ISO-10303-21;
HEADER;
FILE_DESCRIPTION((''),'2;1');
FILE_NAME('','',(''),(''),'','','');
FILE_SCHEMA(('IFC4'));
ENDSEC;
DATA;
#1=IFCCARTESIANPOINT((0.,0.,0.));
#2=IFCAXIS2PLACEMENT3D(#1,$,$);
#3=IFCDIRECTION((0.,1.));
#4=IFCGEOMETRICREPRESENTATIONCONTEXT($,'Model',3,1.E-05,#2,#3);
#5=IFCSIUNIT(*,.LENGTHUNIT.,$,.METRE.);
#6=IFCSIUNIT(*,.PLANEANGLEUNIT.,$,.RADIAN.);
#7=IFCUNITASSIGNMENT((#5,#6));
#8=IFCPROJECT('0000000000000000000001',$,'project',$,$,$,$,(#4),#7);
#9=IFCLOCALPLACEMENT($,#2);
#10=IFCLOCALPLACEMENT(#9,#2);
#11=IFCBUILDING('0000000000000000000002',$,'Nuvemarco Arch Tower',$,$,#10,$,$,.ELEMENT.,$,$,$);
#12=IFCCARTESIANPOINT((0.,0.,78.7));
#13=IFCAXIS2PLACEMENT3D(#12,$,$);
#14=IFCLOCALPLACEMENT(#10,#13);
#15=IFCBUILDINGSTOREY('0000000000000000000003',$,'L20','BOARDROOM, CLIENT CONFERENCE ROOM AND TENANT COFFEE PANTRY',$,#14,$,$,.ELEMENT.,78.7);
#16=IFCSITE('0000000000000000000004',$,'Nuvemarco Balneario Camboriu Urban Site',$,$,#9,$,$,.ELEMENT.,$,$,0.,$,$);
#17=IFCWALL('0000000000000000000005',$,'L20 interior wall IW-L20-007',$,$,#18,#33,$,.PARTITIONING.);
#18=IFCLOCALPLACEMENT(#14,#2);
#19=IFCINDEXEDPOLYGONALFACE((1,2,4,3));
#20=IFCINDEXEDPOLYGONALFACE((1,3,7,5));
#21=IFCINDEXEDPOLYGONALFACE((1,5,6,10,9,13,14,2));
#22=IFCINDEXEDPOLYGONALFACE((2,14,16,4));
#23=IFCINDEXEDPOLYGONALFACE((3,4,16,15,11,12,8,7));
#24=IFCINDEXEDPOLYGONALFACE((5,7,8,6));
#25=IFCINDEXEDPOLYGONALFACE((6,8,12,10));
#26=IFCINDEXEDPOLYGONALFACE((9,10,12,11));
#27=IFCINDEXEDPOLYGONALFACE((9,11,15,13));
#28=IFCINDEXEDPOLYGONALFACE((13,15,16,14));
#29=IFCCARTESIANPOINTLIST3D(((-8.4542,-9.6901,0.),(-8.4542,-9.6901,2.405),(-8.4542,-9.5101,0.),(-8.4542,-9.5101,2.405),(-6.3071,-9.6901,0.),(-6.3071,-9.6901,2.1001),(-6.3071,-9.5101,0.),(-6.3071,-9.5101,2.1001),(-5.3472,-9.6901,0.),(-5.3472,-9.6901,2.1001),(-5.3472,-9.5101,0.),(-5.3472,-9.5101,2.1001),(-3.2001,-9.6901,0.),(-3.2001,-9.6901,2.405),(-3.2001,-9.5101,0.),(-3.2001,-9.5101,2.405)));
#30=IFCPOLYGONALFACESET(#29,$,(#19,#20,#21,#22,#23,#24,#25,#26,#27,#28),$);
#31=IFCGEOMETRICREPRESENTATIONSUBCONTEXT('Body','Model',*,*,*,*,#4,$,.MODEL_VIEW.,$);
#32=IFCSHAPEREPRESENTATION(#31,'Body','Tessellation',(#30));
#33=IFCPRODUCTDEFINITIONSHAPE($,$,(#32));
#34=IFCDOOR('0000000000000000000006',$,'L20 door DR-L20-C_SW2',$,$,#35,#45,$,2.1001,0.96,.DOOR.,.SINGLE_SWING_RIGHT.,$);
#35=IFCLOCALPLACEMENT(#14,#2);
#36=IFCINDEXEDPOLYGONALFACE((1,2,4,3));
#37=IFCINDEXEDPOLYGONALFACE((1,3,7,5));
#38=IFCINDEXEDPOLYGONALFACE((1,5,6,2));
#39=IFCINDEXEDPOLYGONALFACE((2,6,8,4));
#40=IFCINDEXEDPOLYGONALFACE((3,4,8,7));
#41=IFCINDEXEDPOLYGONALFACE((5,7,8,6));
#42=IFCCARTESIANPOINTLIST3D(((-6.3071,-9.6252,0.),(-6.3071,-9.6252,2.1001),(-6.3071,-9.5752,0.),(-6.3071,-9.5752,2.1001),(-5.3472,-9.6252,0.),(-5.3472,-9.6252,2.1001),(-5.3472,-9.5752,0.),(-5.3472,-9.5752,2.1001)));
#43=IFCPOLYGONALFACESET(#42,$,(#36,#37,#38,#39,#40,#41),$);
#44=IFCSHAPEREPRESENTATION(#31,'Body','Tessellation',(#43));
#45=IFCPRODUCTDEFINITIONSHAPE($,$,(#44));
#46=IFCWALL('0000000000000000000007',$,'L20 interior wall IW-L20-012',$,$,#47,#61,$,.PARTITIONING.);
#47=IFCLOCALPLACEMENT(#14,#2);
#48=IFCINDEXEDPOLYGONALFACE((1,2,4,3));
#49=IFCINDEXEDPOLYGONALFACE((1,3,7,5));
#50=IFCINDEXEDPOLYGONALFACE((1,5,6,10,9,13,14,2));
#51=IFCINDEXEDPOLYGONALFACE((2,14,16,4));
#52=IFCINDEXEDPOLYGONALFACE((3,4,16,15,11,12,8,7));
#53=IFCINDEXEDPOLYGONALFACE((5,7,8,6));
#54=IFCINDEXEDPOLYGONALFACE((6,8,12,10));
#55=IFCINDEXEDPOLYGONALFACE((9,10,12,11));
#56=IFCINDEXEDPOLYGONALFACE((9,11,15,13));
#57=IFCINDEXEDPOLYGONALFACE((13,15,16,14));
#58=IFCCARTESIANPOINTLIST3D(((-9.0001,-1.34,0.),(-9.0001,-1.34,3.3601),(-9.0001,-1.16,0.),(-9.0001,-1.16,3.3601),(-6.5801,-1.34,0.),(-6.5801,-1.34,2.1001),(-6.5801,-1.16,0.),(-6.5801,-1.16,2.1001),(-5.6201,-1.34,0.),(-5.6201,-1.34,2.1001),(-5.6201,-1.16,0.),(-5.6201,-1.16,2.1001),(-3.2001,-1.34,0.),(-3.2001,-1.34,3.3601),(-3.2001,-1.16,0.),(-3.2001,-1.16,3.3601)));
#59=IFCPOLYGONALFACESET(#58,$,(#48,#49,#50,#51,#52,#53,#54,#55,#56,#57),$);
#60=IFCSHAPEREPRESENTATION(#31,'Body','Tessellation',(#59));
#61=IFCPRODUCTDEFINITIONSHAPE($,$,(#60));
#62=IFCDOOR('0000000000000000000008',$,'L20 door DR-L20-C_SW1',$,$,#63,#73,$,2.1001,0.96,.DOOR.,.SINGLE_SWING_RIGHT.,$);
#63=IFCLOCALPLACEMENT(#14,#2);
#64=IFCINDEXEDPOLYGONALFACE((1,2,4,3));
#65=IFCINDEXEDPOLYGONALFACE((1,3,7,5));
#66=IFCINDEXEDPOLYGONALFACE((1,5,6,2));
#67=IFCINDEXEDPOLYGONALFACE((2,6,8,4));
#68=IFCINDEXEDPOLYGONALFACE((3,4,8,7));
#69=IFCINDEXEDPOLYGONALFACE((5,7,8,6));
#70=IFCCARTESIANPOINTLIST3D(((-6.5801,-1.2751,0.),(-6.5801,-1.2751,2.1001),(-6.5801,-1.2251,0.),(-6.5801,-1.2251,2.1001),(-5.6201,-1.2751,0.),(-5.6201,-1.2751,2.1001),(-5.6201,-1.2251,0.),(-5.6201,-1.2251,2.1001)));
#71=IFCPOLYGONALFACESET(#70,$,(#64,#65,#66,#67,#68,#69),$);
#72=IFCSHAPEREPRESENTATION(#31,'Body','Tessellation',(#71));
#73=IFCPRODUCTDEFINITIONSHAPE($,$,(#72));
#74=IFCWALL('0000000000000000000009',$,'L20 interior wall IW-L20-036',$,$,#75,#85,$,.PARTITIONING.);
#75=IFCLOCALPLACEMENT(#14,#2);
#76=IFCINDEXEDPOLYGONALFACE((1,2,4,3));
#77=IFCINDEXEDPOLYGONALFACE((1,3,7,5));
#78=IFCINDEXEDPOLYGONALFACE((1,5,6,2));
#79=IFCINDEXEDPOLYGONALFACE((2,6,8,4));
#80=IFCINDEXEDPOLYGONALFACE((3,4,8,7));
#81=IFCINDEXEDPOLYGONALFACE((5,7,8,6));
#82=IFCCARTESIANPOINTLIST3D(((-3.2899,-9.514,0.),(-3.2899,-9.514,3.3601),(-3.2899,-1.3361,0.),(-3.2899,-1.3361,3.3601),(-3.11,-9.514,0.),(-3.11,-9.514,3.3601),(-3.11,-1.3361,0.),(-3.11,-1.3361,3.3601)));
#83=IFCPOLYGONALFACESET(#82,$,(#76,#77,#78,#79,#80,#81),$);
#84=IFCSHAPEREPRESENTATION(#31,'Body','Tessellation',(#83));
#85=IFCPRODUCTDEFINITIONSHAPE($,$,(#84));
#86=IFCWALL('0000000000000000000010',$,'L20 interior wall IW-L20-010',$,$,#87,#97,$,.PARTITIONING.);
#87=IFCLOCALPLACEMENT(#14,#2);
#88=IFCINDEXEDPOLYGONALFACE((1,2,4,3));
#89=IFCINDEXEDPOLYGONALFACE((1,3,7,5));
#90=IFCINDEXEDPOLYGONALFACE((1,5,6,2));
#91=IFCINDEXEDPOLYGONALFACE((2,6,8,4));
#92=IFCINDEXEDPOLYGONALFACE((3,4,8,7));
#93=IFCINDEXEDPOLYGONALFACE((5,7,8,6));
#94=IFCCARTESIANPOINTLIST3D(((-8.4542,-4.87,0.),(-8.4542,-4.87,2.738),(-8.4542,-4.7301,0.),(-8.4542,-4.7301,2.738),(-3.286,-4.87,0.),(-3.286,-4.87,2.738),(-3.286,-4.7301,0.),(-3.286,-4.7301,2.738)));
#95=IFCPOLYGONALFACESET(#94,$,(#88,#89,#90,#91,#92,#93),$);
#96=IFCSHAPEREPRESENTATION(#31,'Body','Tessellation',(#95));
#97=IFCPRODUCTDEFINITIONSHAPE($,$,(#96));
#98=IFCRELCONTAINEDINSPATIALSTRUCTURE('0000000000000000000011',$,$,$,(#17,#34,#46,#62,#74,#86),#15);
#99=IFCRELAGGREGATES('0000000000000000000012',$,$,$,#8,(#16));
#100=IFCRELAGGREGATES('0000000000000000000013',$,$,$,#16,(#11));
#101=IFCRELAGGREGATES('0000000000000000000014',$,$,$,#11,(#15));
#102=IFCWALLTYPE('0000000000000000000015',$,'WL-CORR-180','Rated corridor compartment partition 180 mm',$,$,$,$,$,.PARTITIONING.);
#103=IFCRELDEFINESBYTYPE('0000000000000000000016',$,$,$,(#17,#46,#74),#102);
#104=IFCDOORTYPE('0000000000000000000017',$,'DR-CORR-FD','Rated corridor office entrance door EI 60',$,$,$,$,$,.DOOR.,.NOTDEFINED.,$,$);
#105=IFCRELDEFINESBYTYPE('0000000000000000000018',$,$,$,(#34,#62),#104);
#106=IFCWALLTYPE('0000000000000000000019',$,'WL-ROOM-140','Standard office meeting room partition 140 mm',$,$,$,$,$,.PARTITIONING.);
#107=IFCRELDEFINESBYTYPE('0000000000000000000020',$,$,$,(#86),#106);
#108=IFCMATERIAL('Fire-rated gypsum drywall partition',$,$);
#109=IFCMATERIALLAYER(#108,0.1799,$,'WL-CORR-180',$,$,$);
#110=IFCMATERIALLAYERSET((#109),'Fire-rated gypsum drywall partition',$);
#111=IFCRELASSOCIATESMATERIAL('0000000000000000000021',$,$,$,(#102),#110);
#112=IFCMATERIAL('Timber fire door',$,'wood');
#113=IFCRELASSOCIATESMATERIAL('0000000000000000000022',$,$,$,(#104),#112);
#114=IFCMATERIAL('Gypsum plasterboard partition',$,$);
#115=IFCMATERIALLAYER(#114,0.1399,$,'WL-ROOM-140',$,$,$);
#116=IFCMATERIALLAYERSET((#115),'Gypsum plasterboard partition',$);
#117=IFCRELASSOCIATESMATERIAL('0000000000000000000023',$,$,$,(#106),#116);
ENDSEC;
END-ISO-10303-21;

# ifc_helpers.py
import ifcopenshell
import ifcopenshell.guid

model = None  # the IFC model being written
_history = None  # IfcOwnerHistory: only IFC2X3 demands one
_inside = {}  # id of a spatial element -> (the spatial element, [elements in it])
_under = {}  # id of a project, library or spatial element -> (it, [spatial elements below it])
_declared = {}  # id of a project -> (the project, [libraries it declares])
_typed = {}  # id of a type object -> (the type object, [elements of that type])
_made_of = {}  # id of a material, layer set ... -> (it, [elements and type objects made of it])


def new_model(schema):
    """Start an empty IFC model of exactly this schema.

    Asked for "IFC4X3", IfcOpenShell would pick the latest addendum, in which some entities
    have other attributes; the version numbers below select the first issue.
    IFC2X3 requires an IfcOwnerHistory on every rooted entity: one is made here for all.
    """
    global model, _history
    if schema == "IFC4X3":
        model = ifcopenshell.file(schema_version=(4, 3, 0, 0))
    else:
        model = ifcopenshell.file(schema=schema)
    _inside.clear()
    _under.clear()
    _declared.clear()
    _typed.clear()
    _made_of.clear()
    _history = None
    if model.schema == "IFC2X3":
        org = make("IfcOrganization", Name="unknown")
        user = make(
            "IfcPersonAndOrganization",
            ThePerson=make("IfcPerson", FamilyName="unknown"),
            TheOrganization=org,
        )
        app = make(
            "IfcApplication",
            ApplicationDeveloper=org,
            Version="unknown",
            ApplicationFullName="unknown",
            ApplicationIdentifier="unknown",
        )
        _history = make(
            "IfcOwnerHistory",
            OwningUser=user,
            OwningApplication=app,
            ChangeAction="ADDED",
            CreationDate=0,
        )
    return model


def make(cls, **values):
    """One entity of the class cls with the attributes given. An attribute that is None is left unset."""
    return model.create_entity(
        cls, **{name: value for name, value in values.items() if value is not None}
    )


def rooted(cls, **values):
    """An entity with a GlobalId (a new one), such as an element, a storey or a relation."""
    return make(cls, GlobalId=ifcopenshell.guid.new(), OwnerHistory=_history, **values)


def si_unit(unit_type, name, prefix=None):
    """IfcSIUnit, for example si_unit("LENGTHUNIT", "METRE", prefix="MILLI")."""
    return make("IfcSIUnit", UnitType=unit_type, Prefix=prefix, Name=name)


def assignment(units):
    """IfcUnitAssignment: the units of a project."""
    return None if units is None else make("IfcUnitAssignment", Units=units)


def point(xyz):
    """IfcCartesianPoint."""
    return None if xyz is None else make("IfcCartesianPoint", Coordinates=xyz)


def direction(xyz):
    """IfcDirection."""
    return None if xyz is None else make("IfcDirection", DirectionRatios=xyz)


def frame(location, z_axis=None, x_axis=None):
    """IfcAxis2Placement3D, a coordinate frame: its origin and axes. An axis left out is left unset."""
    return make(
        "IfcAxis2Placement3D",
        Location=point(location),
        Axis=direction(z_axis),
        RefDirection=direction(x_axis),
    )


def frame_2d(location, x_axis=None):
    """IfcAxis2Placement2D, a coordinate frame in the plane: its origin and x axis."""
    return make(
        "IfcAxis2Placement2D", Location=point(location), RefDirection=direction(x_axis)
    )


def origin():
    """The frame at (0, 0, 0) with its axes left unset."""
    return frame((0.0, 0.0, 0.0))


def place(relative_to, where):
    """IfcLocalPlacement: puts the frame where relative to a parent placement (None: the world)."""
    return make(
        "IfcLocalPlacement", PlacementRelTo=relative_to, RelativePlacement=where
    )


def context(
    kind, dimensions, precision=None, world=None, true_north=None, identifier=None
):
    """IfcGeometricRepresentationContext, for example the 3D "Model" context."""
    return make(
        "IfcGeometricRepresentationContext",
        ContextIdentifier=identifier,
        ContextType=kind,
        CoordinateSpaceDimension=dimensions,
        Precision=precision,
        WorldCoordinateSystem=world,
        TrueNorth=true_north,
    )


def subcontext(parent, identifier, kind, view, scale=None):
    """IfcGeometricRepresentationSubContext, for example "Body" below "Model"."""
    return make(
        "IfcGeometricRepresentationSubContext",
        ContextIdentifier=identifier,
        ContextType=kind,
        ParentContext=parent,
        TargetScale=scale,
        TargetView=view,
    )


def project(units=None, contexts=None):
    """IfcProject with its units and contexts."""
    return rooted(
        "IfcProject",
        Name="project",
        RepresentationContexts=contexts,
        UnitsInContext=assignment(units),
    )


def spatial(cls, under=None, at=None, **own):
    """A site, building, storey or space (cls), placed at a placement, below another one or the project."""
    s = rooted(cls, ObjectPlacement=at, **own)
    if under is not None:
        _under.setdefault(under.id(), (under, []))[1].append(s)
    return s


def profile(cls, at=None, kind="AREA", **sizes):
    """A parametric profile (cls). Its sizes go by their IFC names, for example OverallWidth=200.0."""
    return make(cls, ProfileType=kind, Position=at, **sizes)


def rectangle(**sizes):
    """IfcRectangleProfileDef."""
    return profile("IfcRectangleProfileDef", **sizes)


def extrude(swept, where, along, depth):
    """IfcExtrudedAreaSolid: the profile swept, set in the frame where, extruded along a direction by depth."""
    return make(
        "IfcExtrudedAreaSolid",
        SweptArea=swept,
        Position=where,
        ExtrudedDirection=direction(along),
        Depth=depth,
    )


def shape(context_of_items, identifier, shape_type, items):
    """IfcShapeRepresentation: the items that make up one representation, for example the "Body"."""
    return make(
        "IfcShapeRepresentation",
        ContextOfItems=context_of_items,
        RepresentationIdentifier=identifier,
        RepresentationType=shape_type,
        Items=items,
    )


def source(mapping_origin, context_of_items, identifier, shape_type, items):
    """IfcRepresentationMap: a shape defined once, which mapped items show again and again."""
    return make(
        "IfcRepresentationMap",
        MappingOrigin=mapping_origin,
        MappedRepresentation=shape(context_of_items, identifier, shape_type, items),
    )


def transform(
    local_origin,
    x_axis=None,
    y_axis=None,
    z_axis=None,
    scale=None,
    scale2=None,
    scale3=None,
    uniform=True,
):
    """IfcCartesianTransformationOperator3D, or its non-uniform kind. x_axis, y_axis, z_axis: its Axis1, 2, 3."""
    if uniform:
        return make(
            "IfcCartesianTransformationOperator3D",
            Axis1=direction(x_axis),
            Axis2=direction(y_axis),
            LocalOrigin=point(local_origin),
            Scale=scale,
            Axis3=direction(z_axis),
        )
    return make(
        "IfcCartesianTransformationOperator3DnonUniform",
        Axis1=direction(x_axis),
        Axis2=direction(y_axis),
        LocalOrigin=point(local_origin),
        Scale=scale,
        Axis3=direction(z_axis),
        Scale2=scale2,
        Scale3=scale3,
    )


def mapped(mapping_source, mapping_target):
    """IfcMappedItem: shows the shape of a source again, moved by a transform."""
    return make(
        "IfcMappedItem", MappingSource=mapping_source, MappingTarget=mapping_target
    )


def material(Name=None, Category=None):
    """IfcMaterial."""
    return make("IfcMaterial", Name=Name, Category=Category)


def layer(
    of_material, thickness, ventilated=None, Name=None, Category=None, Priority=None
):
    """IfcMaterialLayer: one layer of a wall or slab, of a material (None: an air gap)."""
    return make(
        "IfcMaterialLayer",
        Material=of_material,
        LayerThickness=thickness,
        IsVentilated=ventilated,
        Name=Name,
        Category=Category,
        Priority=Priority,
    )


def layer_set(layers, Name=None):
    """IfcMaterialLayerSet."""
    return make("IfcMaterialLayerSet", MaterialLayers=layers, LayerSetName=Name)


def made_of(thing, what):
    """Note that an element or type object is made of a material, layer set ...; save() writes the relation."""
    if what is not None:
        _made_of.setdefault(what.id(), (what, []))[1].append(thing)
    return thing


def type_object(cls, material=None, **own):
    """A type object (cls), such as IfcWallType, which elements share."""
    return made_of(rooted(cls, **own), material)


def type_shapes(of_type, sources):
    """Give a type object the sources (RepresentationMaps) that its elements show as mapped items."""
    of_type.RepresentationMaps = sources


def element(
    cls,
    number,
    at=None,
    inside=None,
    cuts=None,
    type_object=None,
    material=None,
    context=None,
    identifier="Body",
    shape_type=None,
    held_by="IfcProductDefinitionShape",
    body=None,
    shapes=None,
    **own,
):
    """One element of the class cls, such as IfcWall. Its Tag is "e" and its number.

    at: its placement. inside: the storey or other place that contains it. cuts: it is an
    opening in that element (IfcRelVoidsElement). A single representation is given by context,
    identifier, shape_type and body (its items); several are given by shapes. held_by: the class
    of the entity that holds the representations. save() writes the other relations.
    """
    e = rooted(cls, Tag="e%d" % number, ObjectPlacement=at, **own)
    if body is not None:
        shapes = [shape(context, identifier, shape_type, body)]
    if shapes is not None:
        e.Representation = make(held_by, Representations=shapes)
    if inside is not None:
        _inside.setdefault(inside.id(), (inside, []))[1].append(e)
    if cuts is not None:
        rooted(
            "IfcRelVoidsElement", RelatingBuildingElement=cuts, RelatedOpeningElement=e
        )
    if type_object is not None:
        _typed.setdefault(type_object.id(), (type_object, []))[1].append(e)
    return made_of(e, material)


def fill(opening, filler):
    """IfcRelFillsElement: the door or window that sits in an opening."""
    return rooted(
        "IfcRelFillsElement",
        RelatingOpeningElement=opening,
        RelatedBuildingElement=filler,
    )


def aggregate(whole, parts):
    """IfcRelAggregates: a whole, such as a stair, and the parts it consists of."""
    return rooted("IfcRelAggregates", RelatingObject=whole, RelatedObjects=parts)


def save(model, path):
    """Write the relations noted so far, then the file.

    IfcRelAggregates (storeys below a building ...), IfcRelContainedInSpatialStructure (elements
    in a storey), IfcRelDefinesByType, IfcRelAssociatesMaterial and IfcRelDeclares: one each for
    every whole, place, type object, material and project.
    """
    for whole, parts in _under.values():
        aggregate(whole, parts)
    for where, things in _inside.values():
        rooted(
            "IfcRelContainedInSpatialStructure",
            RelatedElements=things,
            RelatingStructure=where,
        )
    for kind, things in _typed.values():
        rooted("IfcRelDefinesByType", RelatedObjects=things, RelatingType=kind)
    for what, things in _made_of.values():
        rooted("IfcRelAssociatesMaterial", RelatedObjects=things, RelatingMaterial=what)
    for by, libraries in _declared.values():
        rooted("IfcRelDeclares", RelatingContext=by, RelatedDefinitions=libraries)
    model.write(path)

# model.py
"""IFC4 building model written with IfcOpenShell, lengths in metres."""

from ifc_helpers import new_model, si_unit, direction, frame, frame_2d, origin, place, context, subcontext, project, spatial, rectangle, extrude, source, transform, mapped, material, layer, layer_set, type_object, type_shapes, element, fill, save


model = new_model("IFC4")

# Units and contexts
model_context = context("Model", 3, precision=1e-05, world=origin(), true_north=direction((0.0, 1.0)))
body_context = subcontext(model_context, "Body", "Model", "MODEL_VIEW")
ifc_project = project(units=[si_unit("LENGTHUNIT", "METRE"), si_unit("PLANEANGLEUNIT", "RADIAN")], contexts=[model_context])

# Site, building, storey
site_placement = place(None, origin())
site = spatial("IfcSite", under=ifc_project, at=site_placement, Name="Nuvemarco Balneario Camboriu Urban Site", CompositionType="ELEMENT", RefElevation=0.0)
building_placement = place(site_placement, origin())
building = spatial("IfcBuilding", under=site, at=building_placement, Name="Nuvemarco Arch Tower", CompositionType="ELEMENT")
storey_placement = place(building_placement, frame((0.0, 0.0, 78.7)))
storey = spatial("IfcBuildingStorey", under=building, at=storey_placement, Name="L20", Description="BOARDROOM, CLIENT CONFERENCE ROOM AND TENANT COFFEE PANTRY", CompositionType="ELEMENT", Elevation=78.7)

# Walls, openings, doors
ifc_material_1 = material(Name="Fire-rated gypsum drywall partition")
ifc_layer_1 = layer(ifc_material_1, 0.1799, Name="WL-CORR-180")
ifc_layer_set_1 = layer_set([ifc_layer_1], Name="Fire-rated gypsum drywall partition")
wall_type_1 = type_object("IfcWallType", Name="WL-CORR-180", Description="Rated corridor compartment partition 180 mm", PredefinedType="PARTITIONING", material=ifc_layer_set_1)
wall_1_placement = place(storey_placement, frame((-8.4541, -9.6001, 0.0), z_axis=(0.0, 0.0, 1.0), x_axis=(1.0, 0.0, 0.0)))
wall_1 = element("IfcWall", 1, at=wall_1_placement, inside=storey, type_object=wall_type_1, Name="L20 interior wall IW-L20-007", PredefinedType="PARTITIONING", context=body_context, shape_type="SweptSolid", body=[
    extrude(rectangle(XDim=5.2542, YDim=0.1799, at=frame_2d((2.627, 0.0))), origin(), (0.0, 0.0, 1.0), 2.405),
])
opening_1_placement = place(wall_1_placement, frame((2.147, 0.0, 0.0)))
opening_1 = element("IfcOpeningElement", 2, at=opening_1_placement, cuts=wall_1, PredefinedType="OPENING", context=body_context, shape_type="SweptSolid", body=[
    extrude(rectangle(XDim=0.96, YDim=2.1001, at=frame_2d((0.48, 1.05))), frame((0.0, 0.0999, 0.0), z_axis=(0.0, -1.0, 0.0), x_axis=(1.0, 0.0, 0.0)), (0.0, 0.0, 1.0), 0.2),
])
ifc_material_2 = material(Name="Timber fire door", Category="wood")
door_type = type_object("IfcDoorType", Name="DR-CORR-FD", Description="Rated corridor office entrance door EI 60", OperationType="NOTDEFINED", PredefinedType="DOOR", material=ifc_material_2)
shared_shape = source(origin(), body_context, "Body", "SweptSolid", [
    extrude(rectangle(XDim=0.96, YDim=2.1001, at=frame_2d((0.48, 1.05))), frame((0.0, 0.0249, 0.0), z_axis=(0.0, -1.0, 0.0), x_axis=(1.0, 0.0, 0.0)), (0.0, 0.0, 1.0), 0.05),
])
type_shapes(door_type, [shared_shape])
door_1_placement = place(opening_1_placement, origin())
door_1 = element("IfcDoor", 3, at=door_1_placement, inside=storey, type_object=door_type, Name="L20 door DR-L20-C_SW2", OperationType="SINGLE_SWING_RIGHT", OverallHeight=2.1001, OverallWidth=0.96, PredefinedType="DOOR", context=body_context, shape_type="MappedRepresentation", body=[
    mapped(shared_shape, transform((0.0, 0.0, 0.0), scale=1.0)),
])
fill(opening_1, door_1)
wall_2_placement = place(storey_placement, frame((-9.0, -1.25, 0.0), z_axis=(0.0, 0.0, 1.0), x_axis=(1.0, 0.0, 0.0)))
wall_2 = element("IfcWall", 4, at=wall_2_placement, inside=storey, type_object=wall_type_1, Name="L20 interior wall IW-L20-012", PredefinedType="PARTITIONING", context=body_context, shape_type="SweptSolid", body=[
    extrude(rectangle(XDim=5.8, YDim=0.1799, at=frame_2d((2.8999, 0.0))), origin(), (0.0, 0.0, 1.0), 3.3601),
])
opening_2_placement = place(wall_2_placement, frame((2.4199, 0.0, 0.0)))
opening_2 = element("IfcOpeningElement", 5, at=opening_2_placement, cuts=wall_2, PredefinedType="OPENING", context=body_context, shape_type="SweptSolid", body=[
    extrude(rectangle(XDim=0.96, YDim=2.1001, at=frame_2d((0.48, 1.05))), frame((0.0, 0.0999, 0.0), z_axis=(0.0, -1.0, 0.0), x_axis=(1.0, 0.0, 0.0)), (0.0, 0.0, 1.0), 0.2),
])
door_2_placement = place(opening_2_placement, origin())
door_2 = element("IfcDoor", 6, at=door_2_placement, inside=storey, type_object=door_type, Name="L20 door DR-L20-C_SW1", OperationType="SINGLE_SWING_RIGHT", OverallHeight=2.1001, OverallWidth=0.96, PredefinedType="DOOR", context=body_context, shape_type="MappedRepresentation", body=[
    mapped(shared_shape, transform((0.0, 0.0, 0.0), scale=1.0)),
])
fill(opening_2, door_2)

# Walls
wall_3_placement = place(storey_placement, frame((-3.2, -9.5139, 0.0), z_axis=(0.0, 0.0, 1.0), x_axis=(0.0, 1.0, 0.0)))
element("IfcWall", 7, at=wall_3_placement, inside=storey, type_object=wall_type_1, Name="L20 interior wall IW-L20-036", PredefinedType="PARTITIONING", context=body_context, shape_type="SweptSolid", body=[
    extrude(rectangle(XDim=8.178, YDim=0.1799, at=frame_2d((4.0889, 0.0))), origin(), (0.0, 0.0, 1.0), 3.3601),
])
ifc_material_3 = material(Name="Gypsum plasterboard partition")
ifc_layer_2 = layer(ifc_material_3, 0.1399, Name="WL-ROOM-140")
ifc_layer_set_2 = layer_set([ifc_layer_2], Name="Gypsum plasterboard partition")
wall_type_2 = type_object("IfcWallType", Name="WL-ROOM-140", Description="Standard office meeting room partition 140 mm", PredefinedType="PARTITIONING", material=ifc_layer_set_2)
wall_4_placement = place(storey_placement, frame((-8.4541, -4.8, 0.0), z_axis=(0.0, 0.0, 1.0), x_axis=(1.0, 0.0, 0.0)))
element("IfcWall", 8, at=wall_4_placement, inside=storey, type_object=wall_type_2, Name="L20 interior wall IW-L20-010", PredefinedType="PARTITIONING", context=body_context, shape_type="SweptSolid", body=[
    extrude(rectangle(XDim=5.1682, YDim=0.1399, at=frame_2d((2.584, 0.0))), origin(), (0.0, 0.0, 1.0), 2.738),
])

save(model, "model.ifc")
